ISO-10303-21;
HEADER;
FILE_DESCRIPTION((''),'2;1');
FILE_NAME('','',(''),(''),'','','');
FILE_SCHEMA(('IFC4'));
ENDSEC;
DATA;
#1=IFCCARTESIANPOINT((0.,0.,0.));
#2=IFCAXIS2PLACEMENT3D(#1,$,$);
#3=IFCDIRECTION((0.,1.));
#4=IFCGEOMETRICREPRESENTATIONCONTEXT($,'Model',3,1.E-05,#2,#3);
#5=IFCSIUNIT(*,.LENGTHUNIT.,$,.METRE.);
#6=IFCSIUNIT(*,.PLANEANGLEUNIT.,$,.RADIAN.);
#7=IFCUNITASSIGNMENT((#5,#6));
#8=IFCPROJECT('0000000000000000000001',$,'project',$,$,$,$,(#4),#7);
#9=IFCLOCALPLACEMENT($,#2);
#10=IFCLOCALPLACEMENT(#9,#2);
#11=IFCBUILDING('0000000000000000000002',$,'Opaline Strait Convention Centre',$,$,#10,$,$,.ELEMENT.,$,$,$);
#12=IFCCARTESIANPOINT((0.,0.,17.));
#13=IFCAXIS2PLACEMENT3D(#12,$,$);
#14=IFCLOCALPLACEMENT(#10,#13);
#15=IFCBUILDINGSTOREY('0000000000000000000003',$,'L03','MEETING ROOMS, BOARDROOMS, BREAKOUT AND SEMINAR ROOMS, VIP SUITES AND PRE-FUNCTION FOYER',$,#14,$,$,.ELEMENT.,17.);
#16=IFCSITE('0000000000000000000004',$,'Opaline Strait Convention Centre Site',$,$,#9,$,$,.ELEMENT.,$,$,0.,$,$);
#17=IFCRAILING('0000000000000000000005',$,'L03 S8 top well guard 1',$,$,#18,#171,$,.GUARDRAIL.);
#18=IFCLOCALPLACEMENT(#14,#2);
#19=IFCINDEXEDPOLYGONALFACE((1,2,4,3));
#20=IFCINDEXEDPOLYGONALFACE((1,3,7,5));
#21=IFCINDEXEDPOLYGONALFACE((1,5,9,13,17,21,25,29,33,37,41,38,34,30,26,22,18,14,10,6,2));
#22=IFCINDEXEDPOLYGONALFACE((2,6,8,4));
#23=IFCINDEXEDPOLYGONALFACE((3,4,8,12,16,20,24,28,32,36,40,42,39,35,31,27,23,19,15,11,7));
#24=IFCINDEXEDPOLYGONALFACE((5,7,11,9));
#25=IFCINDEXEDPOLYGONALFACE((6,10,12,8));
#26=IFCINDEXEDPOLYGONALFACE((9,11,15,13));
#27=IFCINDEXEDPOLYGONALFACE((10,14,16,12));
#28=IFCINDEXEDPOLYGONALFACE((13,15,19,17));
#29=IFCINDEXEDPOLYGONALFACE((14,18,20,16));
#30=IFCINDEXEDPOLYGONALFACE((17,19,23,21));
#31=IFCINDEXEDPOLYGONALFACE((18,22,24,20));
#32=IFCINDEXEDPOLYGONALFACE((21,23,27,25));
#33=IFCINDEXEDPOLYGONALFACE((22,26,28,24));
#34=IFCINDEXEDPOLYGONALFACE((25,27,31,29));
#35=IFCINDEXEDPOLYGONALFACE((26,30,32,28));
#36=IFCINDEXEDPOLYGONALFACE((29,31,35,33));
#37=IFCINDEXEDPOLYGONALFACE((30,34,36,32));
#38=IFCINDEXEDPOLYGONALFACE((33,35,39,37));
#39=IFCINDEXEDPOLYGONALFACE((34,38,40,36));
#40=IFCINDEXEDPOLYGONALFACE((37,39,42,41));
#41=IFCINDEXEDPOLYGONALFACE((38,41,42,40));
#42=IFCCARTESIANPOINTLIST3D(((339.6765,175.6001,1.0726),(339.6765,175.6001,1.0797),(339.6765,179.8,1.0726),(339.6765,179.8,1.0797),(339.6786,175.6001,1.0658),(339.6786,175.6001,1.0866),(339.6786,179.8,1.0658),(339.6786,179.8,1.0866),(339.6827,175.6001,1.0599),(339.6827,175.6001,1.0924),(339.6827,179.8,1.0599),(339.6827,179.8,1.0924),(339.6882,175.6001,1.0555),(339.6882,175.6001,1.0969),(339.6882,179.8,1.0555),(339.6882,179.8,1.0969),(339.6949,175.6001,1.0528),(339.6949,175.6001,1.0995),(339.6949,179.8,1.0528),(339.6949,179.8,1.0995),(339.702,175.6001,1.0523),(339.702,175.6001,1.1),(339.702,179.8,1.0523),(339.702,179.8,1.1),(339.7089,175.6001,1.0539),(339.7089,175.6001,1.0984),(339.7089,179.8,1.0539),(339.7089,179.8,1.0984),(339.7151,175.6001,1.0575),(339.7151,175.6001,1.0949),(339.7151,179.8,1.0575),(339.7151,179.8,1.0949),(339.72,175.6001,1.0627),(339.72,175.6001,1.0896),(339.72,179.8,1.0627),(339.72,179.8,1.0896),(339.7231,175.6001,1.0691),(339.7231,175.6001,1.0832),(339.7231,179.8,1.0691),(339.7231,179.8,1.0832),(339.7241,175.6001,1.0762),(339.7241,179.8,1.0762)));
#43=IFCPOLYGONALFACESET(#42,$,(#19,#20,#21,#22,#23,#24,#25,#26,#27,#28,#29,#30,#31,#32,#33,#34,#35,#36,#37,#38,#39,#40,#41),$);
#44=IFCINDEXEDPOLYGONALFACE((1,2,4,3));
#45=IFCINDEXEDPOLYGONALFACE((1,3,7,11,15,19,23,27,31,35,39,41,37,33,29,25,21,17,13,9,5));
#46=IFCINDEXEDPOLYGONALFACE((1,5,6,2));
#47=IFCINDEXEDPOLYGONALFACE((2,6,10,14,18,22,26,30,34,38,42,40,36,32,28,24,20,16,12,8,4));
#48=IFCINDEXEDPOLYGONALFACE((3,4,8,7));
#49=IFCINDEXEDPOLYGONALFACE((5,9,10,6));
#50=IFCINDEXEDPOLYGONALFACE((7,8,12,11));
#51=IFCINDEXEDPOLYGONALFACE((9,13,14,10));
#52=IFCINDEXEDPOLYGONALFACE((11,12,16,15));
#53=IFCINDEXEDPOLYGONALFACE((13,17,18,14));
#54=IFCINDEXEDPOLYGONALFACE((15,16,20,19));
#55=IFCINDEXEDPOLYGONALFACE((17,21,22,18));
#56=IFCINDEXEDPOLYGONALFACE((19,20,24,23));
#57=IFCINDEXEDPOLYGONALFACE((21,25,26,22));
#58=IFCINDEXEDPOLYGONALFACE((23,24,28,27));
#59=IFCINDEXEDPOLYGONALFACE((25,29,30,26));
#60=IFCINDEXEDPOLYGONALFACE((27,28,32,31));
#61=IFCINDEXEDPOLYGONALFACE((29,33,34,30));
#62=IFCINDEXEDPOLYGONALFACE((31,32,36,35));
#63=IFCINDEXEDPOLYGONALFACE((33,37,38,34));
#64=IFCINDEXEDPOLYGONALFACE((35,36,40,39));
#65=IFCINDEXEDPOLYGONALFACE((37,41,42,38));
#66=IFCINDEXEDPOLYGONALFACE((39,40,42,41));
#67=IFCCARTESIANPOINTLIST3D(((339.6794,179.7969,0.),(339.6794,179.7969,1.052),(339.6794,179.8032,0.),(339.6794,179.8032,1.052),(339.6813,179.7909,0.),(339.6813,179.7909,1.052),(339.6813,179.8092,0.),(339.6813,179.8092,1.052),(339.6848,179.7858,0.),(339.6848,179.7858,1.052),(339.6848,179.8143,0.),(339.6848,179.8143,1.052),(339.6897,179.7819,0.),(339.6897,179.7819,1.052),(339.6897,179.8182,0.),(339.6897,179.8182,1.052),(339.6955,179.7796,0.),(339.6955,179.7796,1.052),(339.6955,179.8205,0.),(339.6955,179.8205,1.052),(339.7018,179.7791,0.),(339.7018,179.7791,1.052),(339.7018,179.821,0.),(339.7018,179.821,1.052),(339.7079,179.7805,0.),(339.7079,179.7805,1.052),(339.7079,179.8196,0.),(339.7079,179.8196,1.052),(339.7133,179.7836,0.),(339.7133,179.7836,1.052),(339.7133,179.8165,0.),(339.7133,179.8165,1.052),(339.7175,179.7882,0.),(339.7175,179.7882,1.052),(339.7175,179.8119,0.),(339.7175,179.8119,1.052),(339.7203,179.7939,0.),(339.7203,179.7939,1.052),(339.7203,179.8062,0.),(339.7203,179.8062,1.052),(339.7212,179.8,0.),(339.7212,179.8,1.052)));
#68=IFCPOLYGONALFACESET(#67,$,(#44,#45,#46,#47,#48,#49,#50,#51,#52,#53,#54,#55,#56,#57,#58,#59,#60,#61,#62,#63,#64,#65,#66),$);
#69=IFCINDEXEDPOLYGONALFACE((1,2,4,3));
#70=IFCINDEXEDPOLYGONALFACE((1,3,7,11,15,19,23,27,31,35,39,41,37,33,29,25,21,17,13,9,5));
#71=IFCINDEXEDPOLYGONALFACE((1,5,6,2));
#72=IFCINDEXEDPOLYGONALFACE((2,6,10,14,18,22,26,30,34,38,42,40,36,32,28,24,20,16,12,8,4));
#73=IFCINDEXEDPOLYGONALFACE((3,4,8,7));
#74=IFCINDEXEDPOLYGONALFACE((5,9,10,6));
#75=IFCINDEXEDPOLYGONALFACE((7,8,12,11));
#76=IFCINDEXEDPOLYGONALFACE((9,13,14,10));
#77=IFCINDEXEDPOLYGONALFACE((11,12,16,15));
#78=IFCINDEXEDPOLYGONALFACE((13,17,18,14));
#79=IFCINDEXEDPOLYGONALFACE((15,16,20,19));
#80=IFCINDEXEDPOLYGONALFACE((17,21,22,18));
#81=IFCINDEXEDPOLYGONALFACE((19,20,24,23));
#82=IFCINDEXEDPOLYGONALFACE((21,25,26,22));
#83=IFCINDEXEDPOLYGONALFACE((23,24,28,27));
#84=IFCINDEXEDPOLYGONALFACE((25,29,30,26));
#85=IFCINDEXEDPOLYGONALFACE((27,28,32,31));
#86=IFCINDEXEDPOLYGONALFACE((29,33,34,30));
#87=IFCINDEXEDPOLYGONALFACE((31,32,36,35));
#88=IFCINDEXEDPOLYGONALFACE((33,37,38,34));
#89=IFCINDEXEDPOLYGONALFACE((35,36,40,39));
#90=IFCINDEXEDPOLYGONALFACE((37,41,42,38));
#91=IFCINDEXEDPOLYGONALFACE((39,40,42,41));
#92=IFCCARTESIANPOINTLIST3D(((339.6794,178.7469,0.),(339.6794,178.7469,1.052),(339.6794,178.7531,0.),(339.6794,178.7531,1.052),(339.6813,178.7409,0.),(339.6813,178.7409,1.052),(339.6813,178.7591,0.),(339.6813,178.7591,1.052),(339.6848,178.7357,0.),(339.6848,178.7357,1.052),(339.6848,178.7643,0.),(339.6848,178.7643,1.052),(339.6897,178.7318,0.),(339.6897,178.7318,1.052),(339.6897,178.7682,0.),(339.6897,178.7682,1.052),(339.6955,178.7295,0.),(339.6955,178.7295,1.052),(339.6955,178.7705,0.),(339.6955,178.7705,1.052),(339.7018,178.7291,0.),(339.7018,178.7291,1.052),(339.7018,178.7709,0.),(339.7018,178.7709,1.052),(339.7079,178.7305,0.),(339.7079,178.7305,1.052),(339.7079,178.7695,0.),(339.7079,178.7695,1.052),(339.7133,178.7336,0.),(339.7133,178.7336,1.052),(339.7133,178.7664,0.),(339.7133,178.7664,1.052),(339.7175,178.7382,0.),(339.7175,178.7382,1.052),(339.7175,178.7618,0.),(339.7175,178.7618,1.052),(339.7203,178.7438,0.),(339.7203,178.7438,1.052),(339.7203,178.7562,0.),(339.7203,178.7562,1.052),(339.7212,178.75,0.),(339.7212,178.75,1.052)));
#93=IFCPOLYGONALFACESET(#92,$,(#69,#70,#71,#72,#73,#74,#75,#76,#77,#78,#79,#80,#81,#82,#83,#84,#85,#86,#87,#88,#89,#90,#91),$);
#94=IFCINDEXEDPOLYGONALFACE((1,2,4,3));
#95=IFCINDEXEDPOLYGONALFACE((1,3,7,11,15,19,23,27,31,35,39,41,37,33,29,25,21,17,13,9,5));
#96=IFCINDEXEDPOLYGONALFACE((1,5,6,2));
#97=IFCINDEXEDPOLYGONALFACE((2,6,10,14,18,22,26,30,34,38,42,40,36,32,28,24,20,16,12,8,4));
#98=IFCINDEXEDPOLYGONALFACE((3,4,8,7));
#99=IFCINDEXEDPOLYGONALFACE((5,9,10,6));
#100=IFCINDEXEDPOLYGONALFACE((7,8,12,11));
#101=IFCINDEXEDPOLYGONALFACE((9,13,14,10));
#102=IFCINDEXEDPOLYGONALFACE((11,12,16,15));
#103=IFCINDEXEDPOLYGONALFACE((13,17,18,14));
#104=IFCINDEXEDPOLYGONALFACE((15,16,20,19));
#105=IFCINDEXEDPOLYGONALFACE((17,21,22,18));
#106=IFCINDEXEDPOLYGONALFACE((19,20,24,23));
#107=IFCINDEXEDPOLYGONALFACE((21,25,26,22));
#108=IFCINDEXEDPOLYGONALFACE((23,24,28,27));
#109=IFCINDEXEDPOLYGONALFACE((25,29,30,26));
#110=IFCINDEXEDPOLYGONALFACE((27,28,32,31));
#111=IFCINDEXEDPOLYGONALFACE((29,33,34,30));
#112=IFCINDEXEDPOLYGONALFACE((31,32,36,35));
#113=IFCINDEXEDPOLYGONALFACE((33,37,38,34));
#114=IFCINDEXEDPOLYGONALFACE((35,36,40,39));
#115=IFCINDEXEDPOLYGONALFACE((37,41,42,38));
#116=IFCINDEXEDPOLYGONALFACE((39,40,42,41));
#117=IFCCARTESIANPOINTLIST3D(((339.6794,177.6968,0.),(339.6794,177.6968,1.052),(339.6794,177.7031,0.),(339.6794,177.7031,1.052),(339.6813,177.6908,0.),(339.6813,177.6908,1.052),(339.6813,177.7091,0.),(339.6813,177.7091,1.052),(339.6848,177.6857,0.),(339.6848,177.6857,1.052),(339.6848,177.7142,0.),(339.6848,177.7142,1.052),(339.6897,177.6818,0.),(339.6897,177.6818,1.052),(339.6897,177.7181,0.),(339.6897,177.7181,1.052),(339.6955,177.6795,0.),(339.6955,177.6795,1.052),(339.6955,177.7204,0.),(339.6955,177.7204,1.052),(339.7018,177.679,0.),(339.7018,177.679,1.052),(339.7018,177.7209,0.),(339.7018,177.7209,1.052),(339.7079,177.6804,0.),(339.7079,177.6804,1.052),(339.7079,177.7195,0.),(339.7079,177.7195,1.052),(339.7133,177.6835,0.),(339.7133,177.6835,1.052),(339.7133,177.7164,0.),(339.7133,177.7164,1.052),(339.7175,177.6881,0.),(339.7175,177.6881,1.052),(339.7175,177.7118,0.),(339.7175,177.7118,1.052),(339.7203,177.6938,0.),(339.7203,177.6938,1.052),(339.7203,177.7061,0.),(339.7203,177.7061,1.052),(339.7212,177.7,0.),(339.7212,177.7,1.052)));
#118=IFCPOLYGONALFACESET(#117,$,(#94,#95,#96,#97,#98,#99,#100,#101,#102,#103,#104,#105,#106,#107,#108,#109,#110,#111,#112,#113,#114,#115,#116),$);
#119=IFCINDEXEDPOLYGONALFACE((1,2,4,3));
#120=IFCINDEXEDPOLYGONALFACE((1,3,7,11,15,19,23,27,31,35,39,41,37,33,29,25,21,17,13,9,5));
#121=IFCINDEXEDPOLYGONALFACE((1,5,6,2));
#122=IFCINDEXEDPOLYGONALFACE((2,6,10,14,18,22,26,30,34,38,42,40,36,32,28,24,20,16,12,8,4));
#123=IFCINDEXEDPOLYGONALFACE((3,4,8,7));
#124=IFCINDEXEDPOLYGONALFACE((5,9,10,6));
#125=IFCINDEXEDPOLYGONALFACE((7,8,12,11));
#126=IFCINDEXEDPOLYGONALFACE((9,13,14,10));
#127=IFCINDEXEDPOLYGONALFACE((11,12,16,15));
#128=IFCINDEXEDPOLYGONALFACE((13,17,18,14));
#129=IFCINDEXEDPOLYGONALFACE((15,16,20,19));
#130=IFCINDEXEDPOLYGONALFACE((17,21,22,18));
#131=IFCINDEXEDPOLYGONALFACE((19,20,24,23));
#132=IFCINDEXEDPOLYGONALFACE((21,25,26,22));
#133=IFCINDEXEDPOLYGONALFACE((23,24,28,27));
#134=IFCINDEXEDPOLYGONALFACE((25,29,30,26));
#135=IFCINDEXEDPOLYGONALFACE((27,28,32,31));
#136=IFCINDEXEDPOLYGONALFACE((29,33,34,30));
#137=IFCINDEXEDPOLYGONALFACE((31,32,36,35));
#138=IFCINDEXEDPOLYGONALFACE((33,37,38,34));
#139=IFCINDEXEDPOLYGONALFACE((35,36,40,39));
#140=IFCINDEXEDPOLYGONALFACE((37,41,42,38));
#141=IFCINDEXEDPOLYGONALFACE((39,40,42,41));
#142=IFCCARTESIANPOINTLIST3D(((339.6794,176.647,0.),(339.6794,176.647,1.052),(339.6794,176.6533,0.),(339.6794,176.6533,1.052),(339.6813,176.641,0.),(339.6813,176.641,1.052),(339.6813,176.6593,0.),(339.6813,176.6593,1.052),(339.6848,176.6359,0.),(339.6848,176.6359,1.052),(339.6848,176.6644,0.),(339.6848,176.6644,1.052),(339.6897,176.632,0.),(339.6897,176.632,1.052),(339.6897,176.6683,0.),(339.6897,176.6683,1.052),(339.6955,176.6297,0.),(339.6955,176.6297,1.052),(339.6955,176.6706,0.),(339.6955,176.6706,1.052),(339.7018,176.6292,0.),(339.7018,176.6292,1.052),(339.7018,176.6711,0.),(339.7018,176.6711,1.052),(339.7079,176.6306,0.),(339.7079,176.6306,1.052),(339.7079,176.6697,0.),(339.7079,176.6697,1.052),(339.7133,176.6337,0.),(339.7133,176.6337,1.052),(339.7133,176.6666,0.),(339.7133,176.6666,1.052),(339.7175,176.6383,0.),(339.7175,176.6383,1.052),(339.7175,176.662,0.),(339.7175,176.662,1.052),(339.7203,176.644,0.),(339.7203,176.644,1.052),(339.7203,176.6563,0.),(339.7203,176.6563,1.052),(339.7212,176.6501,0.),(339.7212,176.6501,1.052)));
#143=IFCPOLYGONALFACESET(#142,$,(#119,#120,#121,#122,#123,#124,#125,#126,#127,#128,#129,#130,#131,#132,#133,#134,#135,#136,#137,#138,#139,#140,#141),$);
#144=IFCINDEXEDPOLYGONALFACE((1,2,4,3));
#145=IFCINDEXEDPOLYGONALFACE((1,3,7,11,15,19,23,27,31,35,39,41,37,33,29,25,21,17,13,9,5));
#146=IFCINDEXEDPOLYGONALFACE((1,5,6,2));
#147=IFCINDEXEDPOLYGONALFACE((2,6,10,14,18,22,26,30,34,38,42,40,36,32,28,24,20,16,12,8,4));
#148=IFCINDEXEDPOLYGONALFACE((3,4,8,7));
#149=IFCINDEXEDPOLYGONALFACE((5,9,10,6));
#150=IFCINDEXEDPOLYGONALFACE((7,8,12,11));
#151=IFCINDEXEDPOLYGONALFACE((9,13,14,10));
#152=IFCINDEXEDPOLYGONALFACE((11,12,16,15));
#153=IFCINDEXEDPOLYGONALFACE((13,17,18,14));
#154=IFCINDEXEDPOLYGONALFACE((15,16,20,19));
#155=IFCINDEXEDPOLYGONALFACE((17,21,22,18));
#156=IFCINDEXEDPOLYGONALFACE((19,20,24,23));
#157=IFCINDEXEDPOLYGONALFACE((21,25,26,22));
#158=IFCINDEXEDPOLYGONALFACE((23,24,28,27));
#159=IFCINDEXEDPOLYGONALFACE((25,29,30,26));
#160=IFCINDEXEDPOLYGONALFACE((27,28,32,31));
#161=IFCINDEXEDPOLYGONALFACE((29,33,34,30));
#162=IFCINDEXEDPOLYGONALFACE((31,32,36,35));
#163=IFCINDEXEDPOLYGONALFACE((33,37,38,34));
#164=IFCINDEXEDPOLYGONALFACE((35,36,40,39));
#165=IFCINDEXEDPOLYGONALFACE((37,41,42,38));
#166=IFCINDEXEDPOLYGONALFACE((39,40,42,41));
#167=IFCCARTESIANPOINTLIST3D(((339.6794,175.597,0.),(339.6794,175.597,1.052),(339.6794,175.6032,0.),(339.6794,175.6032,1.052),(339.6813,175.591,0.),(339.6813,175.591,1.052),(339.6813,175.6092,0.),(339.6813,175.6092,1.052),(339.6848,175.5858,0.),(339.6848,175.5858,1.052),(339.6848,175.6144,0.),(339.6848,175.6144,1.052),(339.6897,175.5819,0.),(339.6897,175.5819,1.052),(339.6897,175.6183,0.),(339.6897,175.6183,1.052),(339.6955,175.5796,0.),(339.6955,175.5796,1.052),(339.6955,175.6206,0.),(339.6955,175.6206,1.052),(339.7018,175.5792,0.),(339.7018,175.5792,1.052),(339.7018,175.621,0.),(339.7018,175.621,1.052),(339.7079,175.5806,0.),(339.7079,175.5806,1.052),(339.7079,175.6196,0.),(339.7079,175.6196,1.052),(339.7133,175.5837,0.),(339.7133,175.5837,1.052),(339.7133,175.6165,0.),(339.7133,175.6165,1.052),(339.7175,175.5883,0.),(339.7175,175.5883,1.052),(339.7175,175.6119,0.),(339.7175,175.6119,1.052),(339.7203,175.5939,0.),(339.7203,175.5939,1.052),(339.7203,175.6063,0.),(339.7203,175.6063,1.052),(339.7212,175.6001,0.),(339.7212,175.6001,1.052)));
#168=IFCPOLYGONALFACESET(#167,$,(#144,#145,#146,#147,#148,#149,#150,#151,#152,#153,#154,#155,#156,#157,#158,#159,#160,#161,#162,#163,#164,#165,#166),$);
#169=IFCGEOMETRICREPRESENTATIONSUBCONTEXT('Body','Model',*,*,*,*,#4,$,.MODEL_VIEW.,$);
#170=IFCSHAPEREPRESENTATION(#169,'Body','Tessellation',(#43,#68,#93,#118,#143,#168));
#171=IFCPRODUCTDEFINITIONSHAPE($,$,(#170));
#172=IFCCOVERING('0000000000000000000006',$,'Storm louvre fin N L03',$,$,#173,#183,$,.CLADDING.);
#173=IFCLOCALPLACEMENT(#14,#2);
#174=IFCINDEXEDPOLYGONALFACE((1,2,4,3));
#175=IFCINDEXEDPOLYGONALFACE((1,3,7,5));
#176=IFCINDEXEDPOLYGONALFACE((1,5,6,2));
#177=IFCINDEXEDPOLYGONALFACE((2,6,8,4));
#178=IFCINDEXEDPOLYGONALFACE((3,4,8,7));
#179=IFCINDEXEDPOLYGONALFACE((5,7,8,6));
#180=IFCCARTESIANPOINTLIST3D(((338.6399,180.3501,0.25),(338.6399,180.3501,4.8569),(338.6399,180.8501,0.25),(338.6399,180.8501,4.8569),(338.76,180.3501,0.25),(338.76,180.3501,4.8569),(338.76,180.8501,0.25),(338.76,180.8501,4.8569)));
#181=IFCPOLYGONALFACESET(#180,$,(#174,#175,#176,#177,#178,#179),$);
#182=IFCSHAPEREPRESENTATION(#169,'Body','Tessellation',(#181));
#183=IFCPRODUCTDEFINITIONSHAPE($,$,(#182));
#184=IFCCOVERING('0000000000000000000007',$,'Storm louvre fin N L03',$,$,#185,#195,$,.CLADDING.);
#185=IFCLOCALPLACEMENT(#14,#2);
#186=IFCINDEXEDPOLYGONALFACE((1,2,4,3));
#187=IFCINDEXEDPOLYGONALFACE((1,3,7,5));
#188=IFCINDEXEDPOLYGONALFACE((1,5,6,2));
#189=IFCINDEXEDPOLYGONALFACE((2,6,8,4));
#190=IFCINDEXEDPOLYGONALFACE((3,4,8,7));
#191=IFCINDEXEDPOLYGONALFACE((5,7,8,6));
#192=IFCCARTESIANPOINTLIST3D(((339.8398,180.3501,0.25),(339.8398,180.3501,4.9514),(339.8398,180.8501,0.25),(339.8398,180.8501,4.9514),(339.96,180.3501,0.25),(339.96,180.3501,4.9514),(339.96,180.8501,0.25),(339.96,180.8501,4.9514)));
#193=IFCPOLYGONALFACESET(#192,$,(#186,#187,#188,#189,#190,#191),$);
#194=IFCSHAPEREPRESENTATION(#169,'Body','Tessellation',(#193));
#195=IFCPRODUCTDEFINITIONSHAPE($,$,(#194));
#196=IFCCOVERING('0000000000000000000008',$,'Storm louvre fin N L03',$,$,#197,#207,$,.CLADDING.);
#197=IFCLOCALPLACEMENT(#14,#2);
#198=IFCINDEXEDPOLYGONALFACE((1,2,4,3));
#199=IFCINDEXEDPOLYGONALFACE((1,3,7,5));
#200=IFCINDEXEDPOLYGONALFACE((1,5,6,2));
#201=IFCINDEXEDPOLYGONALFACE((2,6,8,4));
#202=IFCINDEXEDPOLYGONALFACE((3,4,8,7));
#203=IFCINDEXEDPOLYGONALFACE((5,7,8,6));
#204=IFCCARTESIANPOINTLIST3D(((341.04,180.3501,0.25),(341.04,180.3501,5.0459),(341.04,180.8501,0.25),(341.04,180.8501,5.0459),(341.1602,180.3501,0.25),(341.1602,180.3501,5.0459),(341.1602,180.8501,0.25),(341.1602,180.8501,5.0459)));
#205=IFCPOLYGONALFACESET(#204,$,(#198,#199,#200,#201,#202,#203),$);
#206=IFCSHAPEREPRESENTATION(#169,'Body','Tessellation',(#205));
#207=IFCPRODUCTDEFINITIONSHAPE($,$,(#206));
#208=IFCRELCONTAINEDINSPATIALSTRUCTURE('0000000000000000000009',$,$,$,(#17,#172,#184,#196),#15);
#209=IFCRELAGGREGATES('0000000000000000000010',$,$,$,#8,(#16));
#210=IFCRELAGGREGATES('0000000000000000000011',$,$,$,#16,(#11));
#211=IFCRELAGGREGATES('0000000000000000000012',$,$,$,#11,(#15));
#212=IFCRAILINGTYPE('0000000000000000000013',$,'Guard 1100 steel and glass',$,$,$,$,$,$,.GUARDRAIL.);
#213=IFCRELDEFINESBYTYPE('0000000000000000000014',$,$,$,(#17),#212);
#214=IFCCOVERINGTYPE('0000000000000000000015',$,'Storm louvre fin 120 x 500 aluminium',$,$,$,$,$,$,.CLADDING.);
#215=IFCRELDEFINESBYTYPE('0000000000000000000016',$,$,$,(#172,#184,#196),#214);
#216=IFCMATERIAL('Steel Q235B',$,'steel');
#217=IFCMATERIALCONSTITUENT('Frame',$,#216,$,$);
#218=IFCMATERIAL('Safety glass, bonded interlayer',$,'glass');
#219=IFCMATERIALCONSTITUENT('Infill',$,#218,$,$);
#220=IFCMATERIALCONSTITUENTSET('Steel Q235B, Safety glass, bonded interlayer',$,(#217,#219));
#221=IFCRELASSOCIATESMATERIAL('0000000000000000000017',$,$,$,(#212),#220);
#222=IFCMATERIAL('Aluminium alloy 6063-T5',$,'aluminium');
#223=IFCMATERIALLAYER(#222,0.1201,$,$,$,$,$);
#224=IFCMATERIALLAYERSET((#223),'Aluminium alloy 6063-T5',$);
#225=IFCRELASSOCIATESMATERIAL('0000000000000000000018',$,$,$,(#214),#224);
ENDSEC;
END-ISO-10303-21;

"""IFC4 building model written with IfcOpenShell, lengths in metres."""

from ifc_helpers import new_model, si_unit, direction, frame, origin, origin_2d, place, context, subcontext, project, spatial, rectangle, circle, extrude, material, layer, layer_set, constituent, constituent_set, type_object, element, save


model = new_model("IFC4")

# Units and contexts
model_context = context("Model", 3, precision=1e-05, world=origin(), true_north=direction((0.0, 1.0)))
body_context = subcontext(model_context, "Body", "Model", "MODEL_VIEW")
ifc_project = project(units=[si_unit("LENGTHUNIT", "METRE"), si_unit("PLANEANGLEUNIT", "RADIAN")], contexts=[model_context])

# Site, building, storey
site_placement = place(None, origin())
site = spatial("IfcSite", under=ifc_project, at=site_placement, Name="Opaline Strait Convention Centre Site", CompositionType="ELEMENT", RefElevation=0.0)
building_placement = place(site_placement, origin())
building = spatial("IfcBuilding", under=site, at=building_placement, Name="Opaline Strait Convention Centre", CompositionType="ELEMENT")
storey_placement = place(building_placement, frame((0.0, 0.0, 17.0)))
storey = spatial("IfcBuildingStorey", under=building, at=storey_placement, Name="L03", Description="MEETING ROOMS, BOARDROOMS, BREAKOUT AND SEMINAR ROOMS, VIP SUITES AND PRE-FUNCTION FOYER", CompositionType="ELEMENT", Elevation=17.0)

# Shared definitions
ifc_material_1 = material(Name="Steel Q235B", Category="steel")

# Railing
ifc_constituent_1 = constituent(ifc_material_1, Name="Frame")
ifc_material_2 = material(Name="Safety glass, bonded interlayer", Category="glass")
ifc_constituent_2 = constituent(ifc_material_2, Name="Infill")
ifc_constituent_set = constituent_set(constituents=[ifc_constituent_1, ifc_constituent_2], Name="Steel Q235B, Safety glass, bonded interlayer")
railing_type = type_object("IfcRailingType", Name="Guard 1100 steel and glass", PredefinedType="GUARDRAIL", material=ifc_constituent_set)
railing_placement = place(storey_placement, frame((339.7002, 179.8, 0.0)))
element("IfcRailing", 1, at=railing_placement, inside=storey, type_object=railing_type, Name="L03 S8 top well guard 1", PredefinedType="GUARDRAIL", context=body_context, shape_type="SweptSolid", body=[
    extrude(circle(Radius=0.0239, at=origin_2d()), frame((0.0, 0.0, 1.0762), z_axis=(0.0, -1.0, 0.0), x_axis=(1.0, 0.0, 0.0)), (0.0, 0.0, 1.0), 4.2),
    extrude(circle(Radius=0.021, at=origin_2d()), origin(), (0.0, 0.0, 1.0), 1.052),
    extrude(circle(Radius=0.021, at=origin_2d()), frame((0.0, -1.05, 0.0)), (0.0, 0.0, 1.0), 1.052),
    extrude(circle(Radius=0.021, at=origin_2d()), frame((0.0, -2.1001, 0.0)), (0.0, 0.0, 1.0), 1.052),
    extrude(circle(Radius=0.021, at=origin_2d()), frame((0.0, -3.1499, 0.0)), (0.0, 0.0, 1.0), 1.052),
    extrude(circle(Radius=0.021, at=origin_2d()), frame((0.0, -4.2, 0.0)), (0.0, 0.0, 1.0), 1.052),
])

# Coverings
ifc_material_3 = material(Name="Aluminium alloy 6063-T5", Category="aluminium")
ifc_layer_1 = layer(ifc_material_3, 0.1201)
ifc_layer_set_1 = layer_set([ifc_layer_1], Name="Aluminium alloy 6063-T5")
covering_type = type_object("IfcCoveringType", Name="Storm louvre fin 120 x 500 aluminium", PredefinedType="CLADDING", material=ifc_layer_set_1)
covering_1_placement = place(storey_placement, frame((338.7, 180.6001, 0.25), z_axis=(0.0, 0.0, 1.0), x_axis=(1.0, 0.0, 0.0)))
element("IfcCovering", 2, at=covering_1_placement, inside=storey, type_object=covering_type, Name="Storm louvre fin N L03", PredefinedType="CLADDING", context=body_context, shape_type="SweptSolid", body=[
    extrude(rectangle(XDim=0.1201, YDim=0.5, at=origin_2d()), origin(), (0.0, 0.0, 1.0), 4.6069),
])
covering_2_placement = place(storey_placement, frame((339.8999, 180.6001, 0.25), z_axis=(0.0, 0.0, 1.0), x_axis=(1.0, 0.0, 0.0)))
element("IfcCovering", 3, at=covering_2_placement, inside=storey, type_object=covering_type, Name="Storm louvre fin N L03", PredefinedType="CLADDING", context=body_context, shape_type="SweptSolid", body=[
    extrude(rectangle(XDim=0.1201, YDim=0.5, at=origin_2d()), origin(), (0.0, 0.0, 1.0), 4.7014),
])
covering_3_placement = place(storey_placement, frame((341.1001, 180.6001, 0.25), z_axis=(0.0, 0.0, 1.0), x_axis=(1.0, 0.0, 0.0)))
element("IfcCovering", 4, at=covering_3_placement, inside=storey, type_object=covering_type, Name="Storm louvre fin N L03", PredefinedType="CLADDING", context=body_context, shape_type="SweptSolid", body=[
    extrude(rectangle(XDim=0.1201, YDim=0.5, at=origin_2d()), origin(), (0.0, 0.0, 1.0), 4.7959),
])

save(model, "model.ifc")
